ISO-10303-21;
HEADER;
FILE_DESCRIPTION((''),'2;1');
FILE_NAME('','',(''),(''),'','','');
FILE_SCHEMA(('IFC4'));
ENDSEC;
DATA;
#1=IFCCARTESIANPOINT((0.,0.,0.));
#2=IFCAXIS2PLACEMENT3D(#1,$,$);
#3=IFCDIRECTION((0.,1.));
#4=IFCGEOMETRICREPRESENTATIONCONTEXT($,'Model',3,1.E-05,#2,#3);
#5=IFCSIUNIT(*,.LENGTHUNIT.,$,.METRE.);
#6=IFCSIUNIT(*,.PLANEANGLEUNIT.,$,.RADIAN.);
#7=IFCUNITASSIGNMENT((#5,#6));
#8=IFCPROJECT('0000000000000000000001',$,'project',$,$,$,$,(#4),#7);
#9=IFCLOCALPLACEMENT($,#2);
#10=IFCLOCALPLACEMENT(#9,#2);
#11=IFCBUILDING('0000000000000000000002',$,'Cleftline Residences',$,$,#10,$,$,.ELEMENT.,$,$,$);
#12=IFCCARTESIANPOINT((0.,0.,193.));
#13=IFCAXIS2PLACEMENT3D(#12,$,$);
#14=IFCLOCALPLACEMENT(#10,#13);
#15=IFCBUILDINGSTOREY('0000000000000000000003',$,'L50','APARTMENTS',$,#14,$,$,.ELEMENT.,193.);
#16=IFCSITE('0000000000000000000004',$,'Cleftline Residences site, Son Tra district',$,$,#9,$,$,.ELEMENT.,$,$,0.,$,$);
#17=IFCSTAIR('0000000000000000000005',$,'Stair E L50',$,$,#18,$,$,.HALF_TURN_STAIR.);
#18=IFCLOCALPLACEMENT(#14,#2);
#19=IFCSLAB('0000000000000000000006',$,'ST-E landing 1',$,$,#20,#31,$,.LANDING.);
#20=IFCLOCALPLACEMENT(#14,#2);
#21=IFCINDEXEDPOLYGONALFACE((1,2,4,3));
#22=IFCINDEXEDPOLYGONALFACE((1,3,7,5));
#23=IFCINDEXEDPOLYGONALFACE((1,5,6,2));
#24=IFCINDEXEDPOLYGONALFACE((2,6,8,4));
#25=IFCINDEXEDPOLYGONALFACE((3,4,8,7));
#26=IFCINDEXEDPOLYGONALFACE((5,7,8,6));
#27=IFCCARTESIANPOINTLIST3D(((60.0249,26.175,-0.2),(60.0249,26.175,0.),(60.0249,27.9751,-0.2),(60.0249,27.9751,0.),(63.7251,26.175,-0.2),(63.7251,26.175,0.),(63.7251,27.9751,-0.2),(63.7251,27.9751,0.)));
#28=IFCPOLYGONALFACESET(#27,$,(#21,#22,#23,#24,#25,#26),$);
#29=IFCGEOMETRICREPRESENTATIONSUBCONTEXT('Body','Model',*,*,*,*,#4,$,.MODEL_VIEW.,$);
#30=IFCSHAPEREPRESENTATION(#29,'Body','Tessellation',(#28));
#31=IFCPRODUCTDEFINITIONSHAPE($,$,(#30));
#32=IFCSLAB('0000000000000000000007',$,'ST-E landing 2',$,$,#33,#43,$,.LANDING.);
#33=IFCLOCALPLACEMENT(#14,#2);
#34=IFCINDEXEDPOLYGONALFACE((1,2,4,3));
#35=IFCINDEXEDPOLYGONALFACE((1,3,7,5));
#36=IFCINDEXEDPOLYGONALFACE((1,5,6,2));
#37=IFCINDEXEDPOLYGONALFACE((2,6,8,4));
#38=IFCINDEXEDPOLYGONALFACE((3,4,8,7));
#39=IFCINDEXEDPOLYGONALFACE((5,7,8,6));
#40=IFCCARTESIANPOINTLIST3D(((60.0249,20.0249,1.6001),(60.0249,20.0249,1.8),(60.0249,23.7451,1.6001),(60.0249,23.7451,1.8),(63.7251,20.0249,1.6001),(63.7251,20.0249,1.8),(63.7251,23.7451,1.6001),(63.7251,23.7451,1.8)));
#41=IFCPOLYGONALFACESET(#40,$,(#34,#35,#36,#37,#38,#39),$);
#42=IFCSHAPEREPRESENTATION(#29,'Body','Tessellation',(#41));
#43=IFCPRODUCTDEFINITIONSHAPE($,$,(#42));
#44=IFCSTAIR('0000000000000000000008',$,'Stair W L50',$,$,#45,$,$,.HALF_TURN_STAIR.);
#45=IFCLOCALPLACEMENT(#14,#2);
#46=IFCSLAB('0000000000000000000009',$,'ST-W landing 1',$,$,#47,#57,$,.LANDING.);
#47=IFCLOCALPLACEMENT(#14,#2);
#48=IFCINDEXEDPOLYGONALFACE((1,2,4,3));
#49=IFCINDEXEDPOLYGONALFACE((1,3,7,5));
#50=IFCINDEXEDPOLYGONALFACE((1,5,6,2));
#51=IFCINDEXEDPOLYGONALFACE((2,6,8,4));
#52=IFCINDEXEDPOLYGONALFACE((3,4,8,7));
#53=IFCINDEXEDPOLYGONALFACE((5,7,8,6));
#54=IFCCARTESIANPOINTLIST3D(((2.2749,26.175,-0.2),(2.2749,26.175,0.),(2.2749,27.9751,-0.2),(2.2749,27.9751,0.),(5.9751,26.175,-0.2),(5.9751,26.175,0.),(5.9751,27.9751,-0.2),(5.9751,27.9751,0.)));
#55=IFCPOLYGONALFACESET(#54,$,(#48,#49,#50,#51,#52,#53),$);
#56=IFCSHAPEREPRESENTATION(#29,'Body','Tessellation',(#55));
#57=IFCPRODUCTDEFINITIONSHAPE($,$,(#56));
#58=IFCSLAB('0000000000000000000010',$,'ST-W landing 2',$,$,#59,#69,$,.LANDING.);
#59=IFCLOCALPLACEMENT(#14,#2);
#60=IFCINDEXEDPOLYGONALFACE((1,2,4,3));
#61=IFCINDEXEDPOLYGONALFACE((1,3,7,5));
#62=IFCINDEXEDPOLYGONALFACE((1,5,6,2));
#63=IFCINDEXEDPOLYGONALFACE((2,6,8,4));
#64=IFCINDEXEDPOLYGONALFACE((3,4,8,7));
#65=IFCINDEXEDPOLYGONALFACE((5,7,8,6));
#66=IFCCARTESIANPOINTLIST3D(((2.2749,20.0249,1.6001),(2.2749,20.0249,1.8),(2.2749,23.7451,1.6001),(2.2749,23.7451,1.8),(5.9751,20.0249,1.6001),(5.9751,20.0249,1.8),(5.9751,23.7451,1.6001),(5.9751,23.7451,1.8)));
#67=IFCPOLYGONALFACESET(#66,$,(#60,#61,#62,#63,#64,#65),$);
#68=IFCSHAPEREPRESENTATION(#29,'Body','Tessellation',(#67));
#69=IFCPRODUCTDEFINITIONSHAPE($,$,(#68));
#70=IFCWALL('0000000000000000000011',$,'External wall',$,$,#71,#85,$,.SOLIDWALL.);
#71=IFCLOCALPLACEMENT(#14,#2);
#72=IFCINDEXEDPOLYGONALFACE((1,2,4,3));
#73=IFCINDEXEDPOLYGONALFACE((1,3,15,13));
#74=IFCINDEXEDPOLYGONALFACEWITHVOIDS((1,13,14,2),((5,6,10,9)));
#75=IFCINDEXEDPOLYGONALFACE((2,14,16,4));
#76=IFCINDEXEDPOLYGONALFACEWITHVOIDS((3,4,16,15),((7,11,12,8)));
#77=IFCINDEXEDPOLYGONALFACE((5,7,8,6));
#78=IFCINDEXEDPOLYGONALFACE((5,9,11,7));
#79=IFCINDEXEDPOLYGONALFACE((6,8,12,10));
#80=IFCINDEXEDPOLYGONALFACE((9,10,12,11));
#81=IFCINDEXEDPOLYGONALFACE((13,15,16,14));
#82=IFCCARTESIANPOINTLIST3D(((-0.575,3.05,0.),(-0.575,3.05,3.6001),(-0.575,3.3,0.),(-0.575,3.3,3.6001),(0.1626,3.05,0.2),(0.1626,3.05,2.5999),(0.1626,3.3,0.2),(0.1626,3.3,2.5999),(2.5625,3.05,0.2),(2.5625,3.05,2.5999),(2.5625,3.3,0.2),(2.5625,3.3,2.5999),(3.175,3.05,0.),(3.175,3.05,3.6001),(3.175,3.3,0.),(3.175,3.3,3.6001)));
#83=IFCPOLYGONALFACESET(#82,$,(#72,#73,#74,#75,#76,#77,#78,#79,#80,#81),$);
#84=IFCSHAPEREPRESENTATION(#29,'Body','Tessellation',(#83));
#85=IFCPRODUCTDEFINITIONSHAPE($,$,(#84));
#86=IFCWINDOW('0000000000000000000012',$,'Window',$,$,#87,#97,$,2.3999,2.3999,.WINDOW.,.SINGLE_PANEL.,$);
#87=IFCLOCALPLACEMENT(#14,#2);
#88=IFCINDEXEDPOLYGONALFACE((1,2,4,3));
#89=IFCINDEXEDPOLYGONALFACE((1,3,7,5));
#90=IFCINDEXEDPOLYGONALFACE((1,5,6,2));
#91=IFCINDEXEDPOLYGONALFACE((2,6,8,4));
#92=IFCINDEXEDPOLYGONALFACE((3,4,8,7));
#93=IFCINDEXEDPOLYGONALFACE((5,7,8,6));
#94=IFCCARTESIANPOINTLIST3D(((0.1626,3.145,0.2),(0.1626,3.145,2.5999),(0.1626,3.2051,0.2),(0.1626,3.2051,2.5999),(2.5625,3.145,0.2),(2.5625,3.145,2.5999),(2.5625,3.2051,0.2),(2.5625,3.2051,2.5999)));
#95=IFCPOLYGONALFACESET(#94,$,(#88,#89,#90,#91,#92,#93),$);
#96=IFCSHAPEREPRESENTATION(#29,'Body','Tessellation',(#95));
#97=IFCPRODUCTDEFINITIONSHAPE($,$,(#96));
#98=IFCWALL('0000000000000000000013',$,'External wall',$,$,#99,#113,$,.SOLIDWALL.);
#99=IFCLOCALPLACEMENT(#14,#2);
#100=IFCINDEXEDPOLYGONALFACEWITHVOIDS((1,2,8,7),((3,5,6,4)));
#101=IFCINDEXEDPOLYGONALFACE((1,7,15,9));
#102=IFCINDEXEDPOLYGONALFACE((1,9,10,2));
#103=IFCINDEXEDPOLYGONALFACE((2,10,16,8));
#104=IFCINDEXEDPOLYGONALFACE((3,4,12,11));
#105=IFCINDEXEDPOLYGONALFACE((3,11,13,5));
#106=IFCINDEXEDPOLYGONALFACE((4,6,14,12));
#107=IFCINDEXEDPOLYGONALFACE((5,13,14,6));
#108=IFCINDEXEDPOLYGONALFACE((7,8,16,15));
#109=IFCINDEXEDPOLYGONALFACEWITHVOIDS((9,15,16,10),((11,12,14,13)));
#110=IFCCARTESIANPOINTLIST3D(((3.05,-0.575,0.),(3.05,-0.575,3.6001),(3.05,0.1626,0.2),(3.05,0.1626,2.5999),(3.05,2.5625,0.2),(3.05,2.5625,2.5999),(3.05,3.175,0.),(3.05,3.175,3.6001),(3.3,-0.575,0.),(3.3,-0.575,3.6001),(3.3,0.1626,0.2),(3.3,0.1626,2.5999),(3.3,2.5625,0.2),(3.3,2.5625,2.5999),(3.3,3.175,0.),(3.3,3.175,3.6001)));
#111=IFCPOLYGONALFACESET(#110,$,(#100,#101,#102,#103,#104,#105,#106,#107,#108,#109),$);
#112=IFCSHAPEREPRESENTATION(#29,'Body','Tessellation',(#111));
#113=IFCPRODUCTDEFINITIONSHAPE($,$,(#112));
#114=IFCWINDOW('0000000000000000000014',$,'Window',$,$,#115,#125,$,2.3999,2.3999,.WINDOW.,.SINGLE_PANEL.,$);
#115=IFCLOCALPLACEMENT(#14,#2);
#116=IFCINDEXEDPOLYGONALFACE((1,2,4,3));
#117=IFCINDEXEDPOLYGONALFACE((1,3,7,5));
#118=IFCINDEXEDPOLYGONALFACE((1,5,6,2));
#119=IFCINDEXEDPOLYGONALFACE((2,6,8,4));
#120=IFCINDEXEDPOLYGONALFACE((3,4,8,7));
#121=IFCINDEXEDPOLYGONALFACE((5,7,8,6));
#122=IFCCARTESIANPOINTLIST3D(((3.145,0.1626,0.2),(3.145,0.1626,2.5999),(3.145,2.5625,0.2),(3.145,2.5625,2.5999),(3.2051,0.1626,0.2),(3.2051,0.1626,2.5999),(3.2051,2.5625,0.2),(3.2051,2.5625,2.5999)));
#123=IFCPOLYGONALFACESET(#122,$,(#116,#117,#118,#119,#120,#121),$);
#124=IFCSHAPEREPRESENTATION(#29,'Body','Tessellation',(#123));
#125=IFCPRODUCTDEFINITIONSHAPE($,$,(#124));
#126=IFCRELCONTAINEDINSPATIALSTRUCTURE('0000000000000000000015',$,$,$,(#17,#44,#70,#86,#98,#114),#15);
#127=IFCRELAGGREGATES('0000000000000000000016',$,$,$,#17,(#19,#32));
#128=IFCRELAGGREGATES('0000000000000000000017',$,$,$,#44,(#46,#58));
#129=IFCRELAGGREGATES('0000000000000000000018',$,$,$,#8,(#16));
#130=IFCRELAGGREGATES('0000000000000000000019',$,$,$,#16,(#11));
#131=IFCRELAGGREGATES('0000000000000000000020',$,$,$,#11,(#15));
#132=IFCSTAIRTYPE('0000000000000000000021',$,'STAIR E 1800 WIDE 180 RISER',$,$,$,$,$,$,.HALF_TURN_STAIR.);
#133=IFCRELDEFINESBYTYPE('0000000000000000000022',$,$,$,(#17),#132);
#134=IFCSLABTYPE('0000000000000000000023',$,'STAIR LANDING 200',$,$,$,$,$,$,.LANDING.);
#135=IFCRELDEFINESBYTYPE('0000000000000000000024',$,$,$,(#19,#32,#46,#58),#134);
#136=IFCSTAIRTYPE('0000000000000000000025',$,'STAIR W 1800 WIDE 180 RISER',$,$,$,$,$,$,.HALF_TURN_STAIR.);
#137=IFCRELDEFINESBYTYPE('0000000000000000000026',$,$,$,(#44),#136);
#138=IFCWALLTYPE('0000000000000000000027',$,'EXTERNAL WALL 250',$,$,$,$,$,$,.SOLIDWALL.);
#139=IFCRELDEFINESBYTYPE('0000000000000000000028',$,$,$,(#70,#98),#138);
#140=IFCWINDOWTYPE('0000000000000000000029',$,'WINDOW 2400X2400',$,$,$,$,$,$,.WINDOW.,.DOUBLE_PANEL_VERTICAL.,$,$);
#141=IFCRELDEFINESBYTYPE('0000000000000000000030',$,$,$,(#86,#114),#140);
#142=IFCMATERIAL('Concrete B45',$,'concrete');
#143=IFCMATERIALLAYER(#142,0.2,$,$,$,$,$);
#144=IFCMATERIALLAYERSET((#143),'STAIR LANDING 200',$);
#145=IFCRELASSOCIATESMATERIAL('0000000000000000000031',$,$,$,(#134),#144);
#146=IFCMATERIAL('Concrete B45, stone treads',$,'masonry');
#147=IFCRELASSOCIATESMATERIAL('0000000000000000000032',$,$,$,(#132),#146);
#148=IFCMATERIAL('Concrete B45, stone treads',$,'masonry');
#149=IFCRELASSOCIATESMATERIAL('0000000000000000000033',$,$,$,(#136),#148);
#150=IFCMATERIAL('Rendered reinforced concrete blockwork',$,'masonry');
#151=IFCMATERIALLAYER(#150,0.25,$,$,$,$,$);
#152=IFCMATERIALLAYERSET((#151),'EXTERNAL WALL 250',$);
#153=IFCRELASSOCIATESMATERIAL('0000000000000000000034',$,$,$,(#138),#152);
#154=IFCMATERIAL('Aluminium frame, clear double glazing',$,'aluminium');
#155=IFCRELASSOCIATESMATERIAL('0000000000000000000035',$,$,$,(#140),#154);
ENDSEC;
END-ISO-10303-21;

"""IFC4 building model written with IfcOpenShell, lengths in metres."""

from ifc_helpers import new_model, si_unit, direction, frame, frame_2d, origin, place, context, subcontext, project, spatial, polyline, rectangle, outline, extrude, material, layer, layer_set, type_object, element, fill, aggregate, save


model = new_model("IFC4")

# Units and contexts
model_context = context("Model", 3, precision=1e-05, world=origin(), true_north=direction((0.0, 1.0)))
body_context = subcontext(model_context, "Body", "Model", "MODEL_VIEW")
ifc_project = project(units=[si_unit("LENGTHUNIT", "METRE"), si_unit("PLANEANGLEUNIT", "RADIAN")], contexts=[model_context])

# Site, building, storey
site_placement = place(None, origin())
site = spatial("IfcSite", under=ifc_project, at=site_placement, Name="Cleftline Residences site, Son Tra district", CompositionType="ELEMENT", RefElevation=0.0)
building_placement = place(site_placement, origin())
building = spatial("IfcBuilding", under=site, at=building_placement, Name="Cleftline Residences", CompositionType="ELEMENT")
storey_placement = place(building_placement, frame((0.0, 0.0, 193.0)))
storey = spatial("IfcBuildingStorey", under=building, at=storey_placement, Name="L50", Description="APARTMENTS", CompositionType="ELEMENT", Elevation=193.0)

# Stairs, slabs
ifc_material_1 = material(Name="Concrete B45", Category="concrete")
ifc_layer_1 = layer(ifc_material_1, 0.2)
ifc_layer_set_1 = layer_set([ifc_layer_1], Name="STAIR LANDING 200")
slab_type_1 = type_object("IfcSlabType", Name="STAIR LANDING 200", PredefinedType="LANDING", material=ifc_layer_set_1)
ifc_material_2 = material(Name="Concrete B45, stone treads", Category="masonry")
stair_type_1 = type_object("IfcStairType", Name="STAIR E 1800 WIDE 180 RISER", PredefinedType="HALF_TURN_STAIR", material=ifc_material_2)
stair_1_placement = place(storey_placement, origin())
stair_1 = element("IfcStair", 1, at=stair_1_placement, inside=storey, type_object=stair_type_1, Name="Stair E L50", PredefinedType="HALF_TURN_STAIR")
slab_1_placement = place(storey_placement, frame((0.0, 0.0, -0.2)))
slab_1 = element("IfcSlab", 2, at=slab_1_placement, type_object=slab_type_1, Name="ST-E landing 1", PredefinedType="LANDING", context=body_context, shape_type="SweptSolid", body=[
    extrude(outline(polyline([(60.0249, 26.175), (63.7251, 26.175), (63.7251, 27.9751), (60.0249, 27.9751), (60.0249, 26.175)])), origin(), (0.0, 0.0, 1.0), 0.2),
])
slab_2_placement = place(storey_placement, frame((0.0, 0.0, 1.6001)))
slab_2 = element("IfcSlab", 3, at=slab_2_placement, type_object=slab_type_1, Name="ST-E landing 2", PredefinedType="LANDING", context=body_context, shape_type="SweptSolid", body=[
    extrude(outline(polyline([(60.0249, 20.0249), (63.7251, 20.0249), (63.7251, 23.7451), (60.0249, 23.7451), (60.0249, 20.0249)])), origin(), (0.0, 0.0, 1.0), 0.2),
])
aggregate(stair_1, [slab_1, slab_2])
ifc_material_3 = material(Name="Concrete B45, stone treads", Category="masonry")
stair_type_2 = type_object("IfcStairType", Name="STAIR W 1800 WIDE 180 RISER", PredefinedType="HALF_TURN_STAIR", material=ifc_material_3)
stair_2_placement = place(storey_placement, origin())
stair_2 = element("IfcStair", 4, at=stair_2_placement, inside=storey, type_object=stair_type_2, Name="Stair W L50", PredefinedType="HALF_TURN_STAIR")
slab_3_placement = place(storey_placement, frame((0.0, 0.0, -0.2)))
slab_3 = element("IfcSlab", 5, at=slab_3_placement, type_object=slab_type_1, Name="ST-W landing 1", PredefinedType="LANDING", context=body_context, shape_type="SweptSolid", body=[
    extrude(outline(polyline([(2.2749, 26.175), (5.9751, 26.175), (5.9751, 27.9751), (2.2749, 27.9751), (2.2749, 26.175)])), origin(), (0.0, 0.0, 1.0), 0.2),
])
slab_4_placement = place(storey_placement, frame((0.0, 0.0, 1.6001)))
slab_4 = element("IfcSlab", 6, at=slab_4_placement, type_object=slab_type_1, Name="ST-W landing 2", PredefinedType="LANDING", context=body_context, shape_type="SweptSolid", body=[
    extrude(outline(polyline([(2.2749, 20.0249), (5.9751, 20.0249), (5.9751, 23.7451), (2.2749, 23.7451), (2.2749, 20.0249)])), origin(), (0.0, 0.0, 1.0), 0.2),
])
aggregate(stair_2, [slab_3, slab_4])

# Walls, openings, windows
ifc_material_4 = material(Name="Rendered reinforced concrete blockwork", Category="masonry")
ifc_layer_2 = layer(ifc_material_4, 0.25)
ifc_layer_set_2 = layer_set([ifc_layer_2], Name="EXTERNAL WALL 250")
wall_type_1 = type_object("IfcWallType", Name="EXTERNAL WALL 250", PredefinedType="SOLIDWALL", material=ifc_layer_set_2)
wall_1_placement = place(storey_placement, frame((-0.575, 3.175, 0.0), z_axis=(0.0, 0.0, 1.0), x_axis=(1.0, 0.0, 0.0)))
wall_1 = element("IfcWall", 7, at=wall_1_placement, inside=storey, type_object=wall_type_1, Name="External wall", PredefinedType="SOLIDWALL", context=body_context, shape_type="SweptSolid", body=[
    extrude(rectangle(XDim=3.75, YDim=0.25, at=frame_2d((1.875, 0.0))), origin(), (0.0, 0.0, 1.0), 3.6001),
])
opening_1_placement = place(wall_1_placement, frame((0.7375, 0.0, 0.2)))
opening_1 = element("IfcOpeningElement", 8, at=opening_1_placement, cuts=wall_1, PredefinedType="OPENING", context=body_context, shape_type="SweptSolid", body=[
    extrude(rectangle(XDim=2.3999, YDim=2.3999, at=frame_2d((1.2, 1.2))), frame((0.0, 0.135, 0.0), z_axis=(0.0, -1.0, 0.0), x_axis=(1.0, 0.0, 0.0)), (0.0, 0.0, 1.0), 0.27),
])
ifc_material_5 = material(Name="Aluminium frame, clear double glazing", Category="aluminium")
window_type_1 = type_object("IfcWindowType", Name="WINDOW 2400X2400", PartitioningType="DOUBLE_PANEL_VERTICAL", PredefinedType="WINDOW", material=ifc_material_5)
window_1_placement = place(opening_1_placement, origin())
window_1 = element("IfcWindow", 9, at=window_1_placement, inside=storey, type_object=window_type_1, Name="Window", OverallHeight=2.3999, OverallWidth=2.3999, PartitioningType="SINGLE_PANEL", PredefinedType="WINDOW", context=body_context, shape_type="SweptSolid", body=[
    extrude(rectangle(XDim=2.3999, YDim=2.3999, at=frame_2d((1.2, 1.2))), frame((0.0, 0.03, 0.0), z_axis=(0.0, -1.0, 0.0), x_axis=(1.0, 0.0, 0.0)), (0.0, 0.0, 1.0), 0.0601),
])
fill(opening_1, window_1)
wall_2_placement = place(storey_placement, frame((3.175, 3.175, 0.0), z_axis=(0.0, 0.0, 1.0), x_axis=(0.0, -1.0, 0.0)))
wall_2 = element("IfcWall", 10, at=wall_2_placement, inside=storey, type_object=wall_type_1, Name="External wall", PredefinedType="SOLIDWALL", context=body_context, shape_type="SweptSolid", body=[
    extrude(rectangle(XDim=3.75, YDim=0.25, at=frame_2d((1.875, 0.0))), origin(), (0.0, 0.0, 1.0), 3.6001),
])
opening_2_placement = place(wall_2_placement, frame((0.6125, 0.0, 0.2)))
opening_2 = element("IfcOpeningElement", 11, at=opening_2_placement, cuts=wall_2, PredefinedType="OPENING", context=body_context, shape_type="SweptSolid", body=[
    extrude(rectangle(XDim=2.3999, YDim=2.3999, at=frame_2d((1.2, 1.2))), frame((0.0, 0.135, 0.0), z_axis=(0.0, -1.0, 0.0), x_axis=(1.0, 0.0, 0.0)), (0.0, 0.0, 1.0), 0.27),
])
window_2_placement = place(opening_2_placement, origin())
window_2 = element("IfcWindow", 12, at=window_2_placement, inside=storey, type_object=window_type_1, Name="Window", OverallHeight=2.3999, OverallWidth=2.3999, PartitioningType="SINGLE_PANEL", PredefinedType="WINDOW", context=body_context, shape_type="SweptSolid", body=[
    extrude(rectangle(XDim=2.3999, YDim=2.3999, at=frame_2d((1.2, 1.2))), frame((0.0, 0.03, 0.0), z_axis=(0.0, -1.0, 0.0), x_axis=(1.0, 0.0, 0.0)), (0.0, 0.0, 1.0), 0.0601),
])
fill(opening_2, window_2)

save(model, "model.ifc")
